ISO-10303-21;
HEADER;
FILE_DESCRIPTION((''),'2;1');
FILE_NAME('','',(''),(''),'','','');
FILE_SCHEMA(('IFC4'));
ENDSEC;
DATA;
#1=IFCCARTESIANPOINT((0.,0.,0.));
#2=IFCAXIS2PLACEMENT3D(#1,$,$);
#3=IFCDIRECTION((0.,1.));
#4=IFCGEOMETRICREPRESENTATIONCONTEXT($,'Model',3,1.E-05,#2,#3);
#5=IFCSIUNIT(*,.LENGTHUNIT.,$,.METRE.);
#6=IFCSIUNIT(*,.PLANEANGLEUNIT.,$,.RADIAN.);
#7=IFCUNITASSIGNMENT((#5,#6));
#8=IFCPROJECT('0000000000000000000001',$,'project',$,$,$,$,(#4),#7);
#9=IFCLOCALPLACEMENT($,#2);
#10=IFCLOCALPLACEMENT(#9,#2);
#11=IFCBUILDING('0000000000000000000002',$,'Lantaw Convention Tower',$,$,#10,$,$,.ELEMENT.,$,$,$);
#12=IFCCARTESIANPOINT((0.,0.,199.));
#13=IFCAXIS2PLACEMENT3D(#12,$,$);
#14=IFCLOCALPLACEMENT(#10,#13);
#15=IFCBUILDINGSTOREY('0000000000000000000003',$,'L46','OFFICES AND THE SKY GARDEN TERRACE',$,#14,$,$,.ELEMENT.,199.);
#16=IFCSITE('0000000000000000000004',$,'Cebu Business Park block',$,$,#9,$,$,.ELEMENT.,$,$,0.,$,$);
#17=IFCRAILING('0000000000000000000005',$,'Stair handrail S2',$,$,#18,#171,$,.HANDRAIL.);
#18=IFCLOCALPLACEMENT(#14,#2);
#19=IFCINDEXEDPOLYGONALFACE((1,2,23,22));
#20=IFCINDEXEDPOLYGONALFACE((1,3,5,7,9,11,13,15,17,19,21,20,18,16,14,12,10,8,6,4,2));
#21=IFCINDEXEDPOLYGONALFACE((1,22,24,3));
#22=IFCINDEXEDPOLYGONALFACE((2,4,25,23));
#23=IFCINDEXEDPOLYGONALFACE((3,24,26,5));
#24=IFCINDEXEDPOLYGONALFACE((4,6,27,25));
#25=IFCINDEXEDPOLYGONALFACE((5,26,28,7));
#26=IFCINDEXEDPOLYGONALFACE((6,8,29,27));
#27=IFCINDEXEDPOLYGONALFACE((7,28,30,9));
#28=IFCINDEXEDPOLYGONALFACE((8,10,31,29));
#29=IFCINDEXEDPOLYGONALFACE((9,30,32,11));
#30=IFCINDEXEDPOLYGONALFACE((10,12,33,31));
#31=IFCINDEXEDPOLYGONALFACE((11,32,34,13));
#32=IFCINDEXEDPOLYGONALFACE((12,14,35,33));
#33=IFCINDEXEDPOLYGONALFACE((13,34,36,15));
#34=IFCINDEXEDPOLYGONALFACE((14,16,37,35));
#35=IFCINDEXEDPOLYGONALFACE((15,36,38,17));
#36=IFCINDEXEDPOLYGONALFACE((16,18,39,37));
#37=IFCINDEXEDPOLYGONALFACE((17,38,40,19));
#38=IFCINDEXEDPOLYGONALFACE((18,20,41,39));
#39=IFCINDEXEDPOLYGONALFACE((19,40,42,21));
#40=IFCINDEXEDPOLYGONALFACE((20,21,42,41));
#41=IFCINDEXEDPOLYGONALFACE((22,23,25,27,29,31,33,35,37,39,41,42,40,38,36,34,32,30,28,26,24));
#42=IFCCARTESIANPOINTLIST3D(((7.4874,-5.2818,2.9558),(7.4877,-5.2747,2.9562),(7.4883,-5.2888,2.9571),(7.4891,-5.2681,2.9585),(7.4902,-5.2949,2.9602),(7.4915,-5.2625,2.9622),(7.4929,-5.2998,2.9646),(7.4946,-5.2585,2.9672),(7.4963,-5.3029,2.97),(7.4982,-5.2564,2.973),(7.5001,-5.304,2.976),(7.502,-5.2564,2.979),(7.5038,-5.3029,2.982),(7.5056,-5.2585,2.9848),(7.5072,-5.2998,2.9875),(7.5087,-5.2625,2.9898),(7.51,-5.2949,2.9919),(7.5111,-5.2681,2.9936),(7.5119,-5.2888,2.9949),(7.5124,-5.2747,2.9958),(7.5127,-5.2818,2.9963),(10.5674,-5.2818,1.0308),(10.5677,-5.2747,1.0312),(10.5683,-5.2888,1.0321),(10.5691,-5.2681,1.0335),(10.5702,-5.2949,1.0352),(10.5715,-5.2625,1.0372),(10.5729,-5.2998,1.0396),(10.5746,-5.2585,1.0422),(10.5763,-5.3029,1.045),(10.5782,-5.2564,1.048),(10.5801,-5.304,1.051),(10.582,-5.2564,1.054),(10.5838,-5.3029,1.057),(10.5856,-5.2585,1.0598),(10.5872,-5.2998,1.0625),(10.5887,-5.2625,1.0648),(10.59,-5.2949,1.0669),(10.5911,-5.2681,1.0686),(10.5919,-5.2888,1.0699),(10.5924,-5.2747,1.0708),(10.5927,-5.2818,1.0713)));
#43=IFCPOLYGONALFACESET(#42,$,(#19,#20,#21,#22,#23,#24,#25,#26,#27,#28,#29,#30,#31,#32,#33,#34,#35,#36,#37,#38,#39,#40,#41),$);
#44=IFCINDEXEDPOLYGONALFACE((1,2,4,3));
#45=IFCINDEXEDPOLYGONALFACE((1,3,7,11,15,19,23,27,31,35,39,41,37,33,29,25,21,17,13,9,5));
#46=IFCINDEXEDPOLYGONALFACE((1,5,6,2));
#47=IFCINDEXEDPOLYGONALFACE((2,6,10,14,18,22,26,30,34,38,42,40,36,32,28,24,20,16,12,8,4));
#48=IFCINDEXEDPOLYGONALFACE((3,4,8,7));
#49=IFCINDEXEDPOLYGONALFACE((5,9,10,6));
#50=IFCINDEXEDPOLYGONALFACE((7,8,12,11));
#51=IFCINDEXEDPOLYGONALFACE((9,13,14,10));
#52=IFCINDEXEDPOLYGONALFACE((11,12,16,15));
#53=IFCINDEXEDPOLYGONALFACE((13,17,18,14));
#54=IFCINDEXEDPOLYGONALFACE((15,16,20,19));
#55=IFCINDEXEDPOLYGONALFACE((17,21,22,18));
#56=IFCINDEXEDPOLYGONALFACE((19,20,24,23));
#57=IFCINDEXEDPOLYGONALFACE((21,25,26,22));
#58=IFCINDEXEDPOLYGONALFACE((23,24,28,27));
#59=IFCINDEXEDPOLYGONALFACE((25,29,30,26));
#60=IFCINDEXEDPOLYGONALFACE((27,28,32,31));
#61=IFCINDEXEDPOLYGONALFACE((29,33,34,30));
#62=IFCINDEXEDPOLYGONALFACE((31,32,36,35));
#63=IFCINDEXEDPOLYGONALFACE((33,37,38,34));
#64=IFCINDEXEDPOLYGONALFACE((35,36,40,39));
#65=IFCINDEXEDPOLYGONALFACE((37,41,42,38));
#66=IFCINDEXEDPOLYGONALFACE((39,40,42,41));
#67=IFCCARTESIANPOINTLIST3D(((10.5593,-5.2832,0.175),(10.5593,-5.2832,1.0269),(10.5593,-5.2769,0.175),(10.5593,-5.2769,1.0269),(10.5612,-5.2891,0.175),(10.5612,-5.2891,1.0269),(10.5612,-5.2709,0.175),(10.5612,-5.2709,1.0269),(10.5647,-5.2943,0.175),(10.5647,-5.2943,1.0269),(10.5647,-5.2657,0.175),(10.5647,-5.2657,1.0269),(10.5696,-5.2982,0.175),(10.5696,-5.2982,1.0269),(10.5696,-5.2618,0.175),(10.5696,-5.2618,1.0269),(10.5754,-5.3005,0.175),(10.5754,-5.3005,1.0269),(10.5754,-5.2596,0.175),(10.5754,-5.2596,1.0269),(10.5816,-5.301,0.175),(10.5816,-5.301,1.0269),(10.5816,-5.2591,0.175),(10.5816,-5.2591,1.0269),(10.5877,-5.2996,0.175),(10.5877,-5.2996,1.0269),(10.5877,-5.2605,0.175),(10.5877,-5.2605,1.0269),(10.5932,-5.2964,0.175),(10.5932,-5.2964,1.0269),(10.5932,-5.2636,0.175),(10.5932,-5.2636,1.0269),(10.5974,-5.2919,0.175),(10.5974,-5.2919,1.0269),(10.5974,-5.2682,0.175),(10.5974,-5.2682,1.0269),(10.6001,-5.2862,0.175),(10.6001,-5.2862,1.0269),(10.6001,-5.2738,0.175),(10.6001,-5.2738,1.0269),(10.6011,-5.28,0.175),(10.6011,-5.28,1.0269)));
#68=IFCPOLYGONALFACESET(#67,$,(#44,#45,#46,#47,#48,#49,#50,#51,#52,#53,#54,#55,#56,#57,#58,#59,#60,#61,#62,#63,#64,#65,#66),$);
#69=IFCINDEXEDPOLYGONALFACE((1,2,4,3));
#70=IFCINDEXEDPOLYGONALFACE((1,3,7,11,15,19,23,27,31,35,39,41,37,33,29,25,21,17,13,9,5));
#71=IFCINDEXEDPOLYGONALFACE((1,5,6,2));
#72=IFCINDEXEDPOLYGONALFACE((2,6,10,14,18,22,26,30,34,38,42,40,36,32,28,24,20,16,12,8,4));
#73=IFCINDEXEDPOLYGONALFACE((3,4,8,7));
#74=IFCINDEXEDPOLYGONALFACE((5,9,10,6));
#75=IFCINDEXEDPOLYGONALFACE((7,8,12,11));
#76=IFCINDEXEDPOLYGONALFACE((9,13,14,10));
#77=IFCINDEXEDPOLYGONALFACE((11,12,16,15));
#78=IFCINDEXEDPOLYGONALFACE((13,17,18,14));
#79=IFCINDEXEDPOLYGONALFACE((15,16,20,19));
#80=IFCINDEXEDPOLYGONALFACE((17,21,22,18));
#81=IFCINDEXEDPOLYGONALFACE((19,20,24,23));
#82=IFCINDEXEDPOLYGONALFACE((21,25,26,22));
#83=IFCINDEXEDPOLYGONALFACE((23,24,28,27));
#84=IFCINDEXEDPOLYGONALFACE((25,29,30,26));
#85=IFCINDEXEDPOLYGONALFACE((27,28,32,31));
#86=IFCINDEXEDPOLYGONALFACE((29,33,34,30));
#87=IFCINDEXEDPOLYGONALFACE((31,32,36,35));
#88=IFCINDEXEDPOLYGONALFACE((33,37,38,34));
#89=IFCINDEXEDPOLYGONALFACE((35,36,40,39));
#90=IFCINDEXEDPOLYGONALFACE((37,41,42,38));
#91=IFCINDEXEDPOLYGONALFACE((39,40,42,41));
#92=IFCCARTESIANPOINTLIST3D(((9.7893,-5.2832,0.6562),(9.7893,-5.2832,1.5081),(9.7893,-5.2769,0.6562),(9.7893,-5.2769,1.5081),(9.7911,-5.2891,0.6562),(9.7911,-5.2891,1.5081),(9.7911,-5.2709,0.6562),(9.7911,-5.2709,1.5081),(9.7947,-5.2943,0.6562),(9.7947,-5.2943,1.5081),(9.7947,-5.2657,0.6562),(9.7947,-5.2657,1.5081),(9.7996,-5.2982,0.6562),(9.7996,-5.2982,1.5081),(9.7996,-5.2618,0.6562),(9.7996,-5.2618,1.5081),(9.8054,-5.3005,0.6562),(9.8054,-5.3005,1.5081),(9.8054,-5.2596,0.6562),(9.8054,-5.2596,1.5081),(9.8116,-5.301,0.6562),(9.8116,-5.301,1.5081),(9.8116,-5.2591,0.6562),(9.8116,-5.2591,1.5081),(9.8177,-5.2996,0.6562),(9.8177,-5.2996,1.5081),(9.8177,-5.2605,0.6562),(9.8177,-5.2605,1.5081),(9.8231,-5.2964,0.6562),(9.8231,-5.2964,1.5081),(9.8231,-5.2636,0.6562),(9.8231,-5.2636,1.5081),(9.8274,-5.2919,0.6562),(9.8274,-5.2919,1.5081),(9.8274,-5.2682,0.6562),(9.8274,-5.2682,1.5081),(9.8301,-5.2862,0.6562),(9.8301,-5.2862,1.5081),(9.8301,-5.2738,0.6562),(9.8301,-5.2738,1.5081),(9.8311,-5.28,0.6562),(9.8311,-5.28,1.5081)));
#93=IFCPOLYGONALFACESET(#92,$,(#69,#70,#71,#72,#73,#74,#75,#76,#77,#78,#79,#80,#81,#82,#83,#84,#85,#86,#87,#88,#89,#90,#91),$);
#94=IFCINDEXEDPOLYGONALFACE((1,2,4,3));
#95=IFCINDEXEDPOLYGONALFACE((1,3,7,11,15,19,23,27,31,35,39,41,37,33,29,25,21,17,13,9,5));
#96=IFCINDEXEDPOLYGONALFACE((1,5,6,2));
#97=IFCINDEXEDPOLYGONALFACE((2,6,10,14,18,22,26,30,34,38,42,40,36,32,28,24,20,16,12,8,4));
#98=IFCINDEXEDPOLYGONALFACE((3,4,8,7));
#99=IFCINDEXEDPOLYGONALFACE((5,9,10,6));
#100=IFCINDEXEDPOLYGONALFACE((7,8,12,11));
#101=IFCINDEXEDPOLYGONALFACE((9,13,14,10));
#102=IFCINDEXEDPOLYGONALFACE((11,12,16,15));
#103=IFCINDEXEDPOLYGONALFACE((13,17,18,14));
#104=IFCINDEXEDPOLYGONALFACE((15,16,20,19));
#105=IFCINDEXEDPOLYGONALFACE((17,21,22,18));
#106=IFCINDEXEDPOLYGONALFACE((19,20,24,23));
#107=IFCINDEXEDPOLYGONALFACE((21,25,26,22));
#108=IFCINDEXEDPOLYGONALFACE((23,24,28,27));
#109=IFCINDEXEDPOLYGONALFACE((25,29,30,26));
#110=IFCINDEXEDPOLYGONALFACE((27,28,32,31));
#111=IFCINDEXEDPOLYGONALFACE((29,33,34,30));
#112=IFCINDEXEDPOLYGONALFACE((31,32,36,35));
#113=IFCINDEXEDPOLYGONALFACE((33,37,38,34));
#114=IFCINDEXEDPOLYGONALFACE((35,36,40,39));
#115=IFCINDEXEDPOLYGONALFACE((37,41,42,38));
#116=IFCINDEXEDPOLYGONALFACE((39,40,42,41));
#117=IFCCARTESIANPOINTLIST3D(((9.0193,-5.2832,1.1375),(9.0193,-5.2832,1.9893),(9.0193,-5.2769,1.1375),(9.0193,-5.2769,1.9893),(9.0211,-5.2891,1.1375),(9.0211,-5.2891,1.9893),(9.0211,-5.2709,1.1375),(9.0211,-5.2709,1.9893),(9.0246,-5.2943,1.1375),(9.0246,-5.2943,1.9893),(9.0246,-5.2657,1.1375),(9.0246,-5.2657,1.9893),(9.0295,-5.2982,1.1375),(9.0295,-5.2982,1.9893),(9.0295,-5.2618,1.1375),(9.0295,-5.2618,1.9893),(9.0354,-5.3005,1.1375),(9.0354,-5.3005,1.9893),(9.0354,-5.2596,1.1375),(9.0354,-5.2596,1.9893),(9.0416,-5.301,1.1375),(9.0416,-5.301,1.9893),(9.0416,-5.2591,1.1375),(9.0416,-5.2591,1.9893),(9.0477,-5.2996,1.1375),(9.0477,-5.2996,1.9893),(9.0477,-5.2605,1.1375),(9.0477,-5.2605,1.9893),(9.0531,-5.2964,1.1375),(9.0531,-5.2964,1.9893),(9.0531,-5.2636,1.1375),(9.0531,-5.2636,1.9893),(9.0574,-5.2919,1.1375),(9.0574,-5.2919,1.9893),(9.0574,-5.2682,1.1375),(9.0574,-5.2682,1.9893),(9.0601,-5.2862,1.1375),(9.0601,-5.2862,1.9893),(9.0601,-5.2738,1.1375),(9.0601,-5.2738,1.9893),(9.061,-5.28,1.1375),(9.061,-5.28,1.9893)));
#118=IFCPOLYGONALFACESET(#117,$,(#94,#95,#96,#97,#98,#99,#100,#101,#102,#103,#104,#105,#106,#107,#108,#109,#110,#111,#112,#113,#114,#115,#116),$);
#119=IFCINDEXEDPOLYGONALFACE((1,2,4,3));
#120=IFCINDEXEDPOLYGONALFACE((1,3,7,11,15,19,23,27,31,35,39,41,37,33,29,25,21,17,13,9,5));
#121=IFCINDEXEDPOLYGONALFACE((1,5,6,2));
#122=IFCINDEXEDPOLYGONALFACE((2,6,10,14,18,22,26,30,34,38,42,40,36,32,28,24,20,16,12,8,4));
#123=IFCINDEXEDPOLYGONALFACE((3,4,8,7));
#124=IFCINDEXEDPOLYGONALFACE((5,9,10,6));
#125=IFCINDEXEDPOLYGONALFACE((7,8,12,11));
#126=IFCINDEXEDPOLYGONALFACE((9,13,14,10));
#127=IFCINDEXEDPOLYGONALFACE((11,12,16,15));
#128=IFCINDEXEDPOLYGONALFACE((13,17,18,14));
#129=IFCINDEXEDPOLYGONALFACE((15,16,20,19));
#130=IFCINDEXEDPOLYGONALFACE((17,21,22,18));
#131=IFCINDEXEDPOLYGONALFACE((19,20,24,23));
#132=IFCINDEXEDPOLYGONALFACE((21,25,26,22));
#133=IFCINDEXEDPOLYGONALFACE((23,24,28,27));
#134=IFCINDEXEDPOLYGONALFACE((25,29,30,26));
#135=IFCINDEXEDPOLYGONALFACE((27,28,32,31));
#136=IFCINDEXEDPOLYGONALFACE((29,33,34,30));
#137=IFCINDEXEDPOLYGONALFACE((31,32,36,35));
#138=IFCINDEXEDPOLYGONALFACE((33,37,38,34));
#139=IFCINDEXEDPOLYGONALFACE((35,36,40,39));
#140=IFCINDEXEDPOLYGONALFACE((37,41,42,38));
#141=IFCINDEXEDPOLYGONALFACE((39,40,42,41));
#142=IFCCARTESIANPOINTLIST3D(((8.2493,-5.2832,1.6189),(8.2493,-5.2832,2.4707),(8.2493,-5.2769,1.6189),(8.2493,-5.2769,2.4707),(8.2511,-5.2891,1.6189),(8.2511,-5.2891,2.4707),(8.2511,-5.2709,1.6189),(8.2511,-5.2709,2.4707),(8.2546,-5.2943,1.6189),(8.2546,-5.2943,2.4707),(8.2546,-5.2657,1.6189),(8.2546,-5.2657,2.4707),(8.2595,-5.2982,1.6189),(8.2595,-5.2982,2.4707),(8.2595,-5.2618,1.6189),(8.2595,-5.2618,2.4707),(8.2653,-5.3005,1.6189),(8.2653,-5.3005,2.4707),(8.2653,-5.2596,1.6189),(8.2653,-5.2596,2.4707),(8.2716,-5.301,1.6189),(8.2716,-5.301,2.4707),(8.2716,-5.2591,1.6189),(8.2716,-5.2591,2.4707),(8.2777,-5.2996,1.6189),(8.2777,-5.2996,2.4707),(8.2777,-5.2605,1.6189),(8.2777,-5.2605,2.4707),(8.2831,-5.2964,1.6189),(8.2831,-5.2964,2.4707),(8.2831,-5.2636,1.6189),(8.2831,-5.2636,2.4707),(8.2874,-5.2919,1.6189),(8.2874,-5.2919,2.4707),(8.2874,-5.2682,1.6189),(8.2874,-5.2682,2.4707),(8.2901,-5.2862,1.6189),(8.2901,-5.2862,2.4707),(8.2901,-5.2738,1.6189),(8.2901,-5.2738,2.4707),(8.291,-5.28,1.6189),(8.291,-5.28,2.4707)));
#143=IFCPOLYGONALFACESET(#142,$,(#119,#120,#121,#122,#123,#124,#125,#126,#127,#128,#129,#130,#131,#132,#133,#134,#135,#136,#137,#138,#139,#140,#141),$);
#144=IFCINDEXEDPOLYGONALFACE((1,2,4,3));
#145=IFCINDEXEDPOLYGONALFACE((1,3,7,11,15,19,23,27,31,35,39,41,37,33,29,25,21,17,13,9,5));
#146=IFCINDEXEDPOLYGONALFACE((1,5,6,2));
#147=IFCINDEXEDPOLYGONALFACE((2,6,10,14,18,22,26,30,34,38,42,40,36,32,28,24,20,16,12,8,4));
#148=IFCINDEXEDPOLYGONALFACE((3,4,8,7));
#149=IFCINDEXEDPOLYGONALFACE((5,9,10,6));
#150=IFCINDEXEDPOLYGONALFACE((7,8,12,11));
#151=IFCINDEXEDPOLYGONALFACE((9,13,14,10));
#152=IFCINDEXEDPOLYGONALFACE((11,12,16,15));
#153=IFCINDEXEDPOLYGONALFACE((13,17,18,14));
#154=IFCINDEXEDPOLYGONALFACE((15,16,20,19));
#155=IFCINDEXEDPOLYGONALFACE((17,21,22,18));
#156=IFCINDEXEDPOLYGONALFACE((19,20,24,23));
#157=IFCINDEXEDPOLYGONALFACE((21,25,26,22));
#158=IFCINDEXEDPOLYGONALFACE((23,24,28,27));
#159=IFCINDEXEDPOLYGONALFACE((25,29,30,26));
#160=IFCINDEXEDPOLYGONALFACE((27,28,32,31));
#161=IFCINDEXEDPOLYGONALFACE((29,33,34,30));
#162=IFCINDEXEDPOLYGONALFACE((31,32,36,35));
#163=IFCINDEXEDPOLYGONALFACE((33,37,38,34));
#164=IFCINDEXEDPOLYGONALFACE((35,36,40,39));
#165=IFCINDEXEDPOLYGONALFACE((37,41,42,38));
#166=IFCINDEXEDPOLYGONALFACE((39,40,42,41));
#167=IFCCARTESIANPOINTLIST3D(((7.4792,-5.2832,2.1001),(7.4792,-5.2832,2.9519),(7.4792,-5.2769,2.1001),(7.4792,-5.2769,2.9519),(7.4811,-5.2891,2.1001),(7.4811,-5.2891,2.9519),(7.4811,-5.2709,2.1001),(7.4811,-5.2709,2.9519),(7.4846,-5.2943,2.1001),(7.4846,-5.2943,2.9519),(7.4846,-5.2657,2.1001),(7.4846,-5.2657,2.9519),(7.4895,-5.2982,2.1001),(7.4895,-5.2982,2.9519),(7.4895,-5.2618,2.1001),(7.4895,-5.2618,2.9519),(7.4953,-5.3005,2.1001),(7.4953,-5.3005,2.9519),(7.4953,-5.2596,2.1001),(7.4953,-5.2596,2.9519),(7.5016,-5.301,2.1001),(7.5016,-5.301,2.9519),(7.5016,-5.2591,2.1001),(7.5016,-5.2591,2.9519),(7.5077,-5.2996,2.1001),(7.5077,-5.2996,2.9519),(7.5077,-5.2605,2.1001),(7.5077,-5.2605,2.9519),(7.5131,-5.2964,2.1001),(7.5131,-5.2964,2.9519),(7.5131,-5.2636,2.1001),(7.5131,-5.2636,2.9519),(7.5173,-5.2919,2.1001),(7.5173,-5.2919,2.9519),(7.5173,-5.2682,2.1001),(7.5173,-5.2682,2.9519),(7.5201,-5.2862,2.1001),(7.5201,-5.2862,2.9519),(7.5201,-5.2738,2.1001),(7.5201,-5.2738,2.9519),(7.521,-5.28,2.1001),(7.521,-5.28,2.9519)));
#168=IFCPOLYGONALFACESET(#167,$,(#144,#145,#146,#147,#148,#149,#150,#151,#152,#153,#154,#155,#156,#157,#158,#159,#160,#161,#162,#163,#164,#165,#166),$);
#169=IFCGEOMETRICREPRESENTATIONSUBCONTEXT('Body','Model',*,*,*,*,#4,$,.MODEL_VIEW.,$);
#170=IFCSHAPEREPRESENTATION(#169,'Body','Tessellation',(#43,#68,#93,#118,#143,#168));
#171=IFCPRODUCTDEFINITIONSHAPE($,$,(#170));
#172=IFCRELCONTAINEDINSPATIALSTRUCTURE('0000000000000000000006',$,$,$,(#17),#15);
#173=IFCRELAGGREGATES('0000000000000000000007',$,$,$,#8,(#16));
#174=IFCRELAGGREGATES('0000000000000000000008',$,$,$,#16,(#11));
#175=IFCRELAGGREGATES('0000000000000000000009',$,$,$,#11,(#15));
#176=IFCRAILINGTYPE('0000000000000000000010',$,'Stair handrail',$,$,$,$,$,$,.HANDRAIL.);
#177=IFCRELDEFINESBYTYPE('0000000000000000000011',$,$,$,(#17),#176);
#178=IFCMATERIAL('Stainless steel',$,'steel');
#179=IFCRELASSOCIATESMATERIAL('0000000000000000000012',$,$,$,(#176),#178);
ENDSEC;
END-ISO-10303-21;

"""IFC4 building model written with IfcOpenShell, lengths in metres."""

from ifc_helpers import new_model, si_unit, direction, frame, origin, origin_2d, place, context, subcontext, project, spatial, circle, extrude, material, type_object, element, save


model = new_model("IFC4")

# Units and contexts
model_context = context("Model", 3, precision=1e-05, world=origin(), true_north=direction((0.0, 1.0)))
body_context = subcontext(model_context, "Body", "Model", "MODEL_VIEW")
ifc_project = project(units=[si_unit("LENGTHUNIT", "METRE"), si_unit("PLANEANGLEUNIT", "RADIAN")], contexts=[model_context])

# Site, building, storey
site_placement = place(None, origin())
site = spatial("IfcSite", under=ifc_project, at=site_placement, Name="Cebu Business Park block", CompositionType="ELEMENT", RefElevation=0.0)
building_placement = place(site_placement, origin())
building = spatial("IfcBuilding", under=site, at=building_placement, Name="Lantaw Convention Tower", CompositionType="ELEMENT")
storey_placement = place(building_placement, frame((0.0, 0.0, 199.0)))
storey = spatial("IfcBuildingStorey", under=building, at=storey_placement, Name="L46", Description="OFFICES AND THE SKY GARDEN TERRACE", CompositionType="ELEMENT", Elevation=199.0)

# Railing
ifc_material_1 = material(Name="Stainless steel", Category="steel")
railing_type = type_object("IfcRailingType", Name="Stair handrail", PredefinedType="HANDRAIL", material=ifc_material_1)
railing_1_placement = place(storey_placement, frame((10.5801, -5.28, 0.175)))
element("IfcRailing", 1, at=railing_1_placement, inside=storey, type_object=railing_type, Name="Stair handrail S2", PredefinedType="HANDRAIL", context=body_context, shape_type="SweptSolid", body=[
    extrude(circle(Radius=0.0239, at=origin_2d()), frame((0.0, 0.0, 0.876), z_axis=(-0.847998, 0.0, 0.529999), x_axis=(0.0, -1.0, 0.0)), (0.0, 0.0, 1.0), 3.6321),
    extrude(circle(Radius=0.021, at=origin_2d()), origin(), (0.0, 0.0, 1.0), 0.8518),
    extrude(circle(Radius=0.021, at=origin_2d()), frame((-0.77, 0.0, 0.4812)), (0.0, 0.0, 1.0), 0.8518),
    extrude(circle(Radius=0.021, at=origin_2d()), frame((-1.54, 0.0, 0.9624)), (0.0, 0.0, 1.0), 0.8518),
    extrude(circle(Radius=0.021, at=origin_2d()), frame((-2.3101, 0.0, 1.4438)), (0.0, 0.0, 1.0), 0.8518),
    extrude(circle(Radius=0.021, at=origin_2d()), frame((-3.0801, 0.0, 1.925)), (0.0, 0.0, 1.0), 0.8518),
])

save(model, "model.ifc")
